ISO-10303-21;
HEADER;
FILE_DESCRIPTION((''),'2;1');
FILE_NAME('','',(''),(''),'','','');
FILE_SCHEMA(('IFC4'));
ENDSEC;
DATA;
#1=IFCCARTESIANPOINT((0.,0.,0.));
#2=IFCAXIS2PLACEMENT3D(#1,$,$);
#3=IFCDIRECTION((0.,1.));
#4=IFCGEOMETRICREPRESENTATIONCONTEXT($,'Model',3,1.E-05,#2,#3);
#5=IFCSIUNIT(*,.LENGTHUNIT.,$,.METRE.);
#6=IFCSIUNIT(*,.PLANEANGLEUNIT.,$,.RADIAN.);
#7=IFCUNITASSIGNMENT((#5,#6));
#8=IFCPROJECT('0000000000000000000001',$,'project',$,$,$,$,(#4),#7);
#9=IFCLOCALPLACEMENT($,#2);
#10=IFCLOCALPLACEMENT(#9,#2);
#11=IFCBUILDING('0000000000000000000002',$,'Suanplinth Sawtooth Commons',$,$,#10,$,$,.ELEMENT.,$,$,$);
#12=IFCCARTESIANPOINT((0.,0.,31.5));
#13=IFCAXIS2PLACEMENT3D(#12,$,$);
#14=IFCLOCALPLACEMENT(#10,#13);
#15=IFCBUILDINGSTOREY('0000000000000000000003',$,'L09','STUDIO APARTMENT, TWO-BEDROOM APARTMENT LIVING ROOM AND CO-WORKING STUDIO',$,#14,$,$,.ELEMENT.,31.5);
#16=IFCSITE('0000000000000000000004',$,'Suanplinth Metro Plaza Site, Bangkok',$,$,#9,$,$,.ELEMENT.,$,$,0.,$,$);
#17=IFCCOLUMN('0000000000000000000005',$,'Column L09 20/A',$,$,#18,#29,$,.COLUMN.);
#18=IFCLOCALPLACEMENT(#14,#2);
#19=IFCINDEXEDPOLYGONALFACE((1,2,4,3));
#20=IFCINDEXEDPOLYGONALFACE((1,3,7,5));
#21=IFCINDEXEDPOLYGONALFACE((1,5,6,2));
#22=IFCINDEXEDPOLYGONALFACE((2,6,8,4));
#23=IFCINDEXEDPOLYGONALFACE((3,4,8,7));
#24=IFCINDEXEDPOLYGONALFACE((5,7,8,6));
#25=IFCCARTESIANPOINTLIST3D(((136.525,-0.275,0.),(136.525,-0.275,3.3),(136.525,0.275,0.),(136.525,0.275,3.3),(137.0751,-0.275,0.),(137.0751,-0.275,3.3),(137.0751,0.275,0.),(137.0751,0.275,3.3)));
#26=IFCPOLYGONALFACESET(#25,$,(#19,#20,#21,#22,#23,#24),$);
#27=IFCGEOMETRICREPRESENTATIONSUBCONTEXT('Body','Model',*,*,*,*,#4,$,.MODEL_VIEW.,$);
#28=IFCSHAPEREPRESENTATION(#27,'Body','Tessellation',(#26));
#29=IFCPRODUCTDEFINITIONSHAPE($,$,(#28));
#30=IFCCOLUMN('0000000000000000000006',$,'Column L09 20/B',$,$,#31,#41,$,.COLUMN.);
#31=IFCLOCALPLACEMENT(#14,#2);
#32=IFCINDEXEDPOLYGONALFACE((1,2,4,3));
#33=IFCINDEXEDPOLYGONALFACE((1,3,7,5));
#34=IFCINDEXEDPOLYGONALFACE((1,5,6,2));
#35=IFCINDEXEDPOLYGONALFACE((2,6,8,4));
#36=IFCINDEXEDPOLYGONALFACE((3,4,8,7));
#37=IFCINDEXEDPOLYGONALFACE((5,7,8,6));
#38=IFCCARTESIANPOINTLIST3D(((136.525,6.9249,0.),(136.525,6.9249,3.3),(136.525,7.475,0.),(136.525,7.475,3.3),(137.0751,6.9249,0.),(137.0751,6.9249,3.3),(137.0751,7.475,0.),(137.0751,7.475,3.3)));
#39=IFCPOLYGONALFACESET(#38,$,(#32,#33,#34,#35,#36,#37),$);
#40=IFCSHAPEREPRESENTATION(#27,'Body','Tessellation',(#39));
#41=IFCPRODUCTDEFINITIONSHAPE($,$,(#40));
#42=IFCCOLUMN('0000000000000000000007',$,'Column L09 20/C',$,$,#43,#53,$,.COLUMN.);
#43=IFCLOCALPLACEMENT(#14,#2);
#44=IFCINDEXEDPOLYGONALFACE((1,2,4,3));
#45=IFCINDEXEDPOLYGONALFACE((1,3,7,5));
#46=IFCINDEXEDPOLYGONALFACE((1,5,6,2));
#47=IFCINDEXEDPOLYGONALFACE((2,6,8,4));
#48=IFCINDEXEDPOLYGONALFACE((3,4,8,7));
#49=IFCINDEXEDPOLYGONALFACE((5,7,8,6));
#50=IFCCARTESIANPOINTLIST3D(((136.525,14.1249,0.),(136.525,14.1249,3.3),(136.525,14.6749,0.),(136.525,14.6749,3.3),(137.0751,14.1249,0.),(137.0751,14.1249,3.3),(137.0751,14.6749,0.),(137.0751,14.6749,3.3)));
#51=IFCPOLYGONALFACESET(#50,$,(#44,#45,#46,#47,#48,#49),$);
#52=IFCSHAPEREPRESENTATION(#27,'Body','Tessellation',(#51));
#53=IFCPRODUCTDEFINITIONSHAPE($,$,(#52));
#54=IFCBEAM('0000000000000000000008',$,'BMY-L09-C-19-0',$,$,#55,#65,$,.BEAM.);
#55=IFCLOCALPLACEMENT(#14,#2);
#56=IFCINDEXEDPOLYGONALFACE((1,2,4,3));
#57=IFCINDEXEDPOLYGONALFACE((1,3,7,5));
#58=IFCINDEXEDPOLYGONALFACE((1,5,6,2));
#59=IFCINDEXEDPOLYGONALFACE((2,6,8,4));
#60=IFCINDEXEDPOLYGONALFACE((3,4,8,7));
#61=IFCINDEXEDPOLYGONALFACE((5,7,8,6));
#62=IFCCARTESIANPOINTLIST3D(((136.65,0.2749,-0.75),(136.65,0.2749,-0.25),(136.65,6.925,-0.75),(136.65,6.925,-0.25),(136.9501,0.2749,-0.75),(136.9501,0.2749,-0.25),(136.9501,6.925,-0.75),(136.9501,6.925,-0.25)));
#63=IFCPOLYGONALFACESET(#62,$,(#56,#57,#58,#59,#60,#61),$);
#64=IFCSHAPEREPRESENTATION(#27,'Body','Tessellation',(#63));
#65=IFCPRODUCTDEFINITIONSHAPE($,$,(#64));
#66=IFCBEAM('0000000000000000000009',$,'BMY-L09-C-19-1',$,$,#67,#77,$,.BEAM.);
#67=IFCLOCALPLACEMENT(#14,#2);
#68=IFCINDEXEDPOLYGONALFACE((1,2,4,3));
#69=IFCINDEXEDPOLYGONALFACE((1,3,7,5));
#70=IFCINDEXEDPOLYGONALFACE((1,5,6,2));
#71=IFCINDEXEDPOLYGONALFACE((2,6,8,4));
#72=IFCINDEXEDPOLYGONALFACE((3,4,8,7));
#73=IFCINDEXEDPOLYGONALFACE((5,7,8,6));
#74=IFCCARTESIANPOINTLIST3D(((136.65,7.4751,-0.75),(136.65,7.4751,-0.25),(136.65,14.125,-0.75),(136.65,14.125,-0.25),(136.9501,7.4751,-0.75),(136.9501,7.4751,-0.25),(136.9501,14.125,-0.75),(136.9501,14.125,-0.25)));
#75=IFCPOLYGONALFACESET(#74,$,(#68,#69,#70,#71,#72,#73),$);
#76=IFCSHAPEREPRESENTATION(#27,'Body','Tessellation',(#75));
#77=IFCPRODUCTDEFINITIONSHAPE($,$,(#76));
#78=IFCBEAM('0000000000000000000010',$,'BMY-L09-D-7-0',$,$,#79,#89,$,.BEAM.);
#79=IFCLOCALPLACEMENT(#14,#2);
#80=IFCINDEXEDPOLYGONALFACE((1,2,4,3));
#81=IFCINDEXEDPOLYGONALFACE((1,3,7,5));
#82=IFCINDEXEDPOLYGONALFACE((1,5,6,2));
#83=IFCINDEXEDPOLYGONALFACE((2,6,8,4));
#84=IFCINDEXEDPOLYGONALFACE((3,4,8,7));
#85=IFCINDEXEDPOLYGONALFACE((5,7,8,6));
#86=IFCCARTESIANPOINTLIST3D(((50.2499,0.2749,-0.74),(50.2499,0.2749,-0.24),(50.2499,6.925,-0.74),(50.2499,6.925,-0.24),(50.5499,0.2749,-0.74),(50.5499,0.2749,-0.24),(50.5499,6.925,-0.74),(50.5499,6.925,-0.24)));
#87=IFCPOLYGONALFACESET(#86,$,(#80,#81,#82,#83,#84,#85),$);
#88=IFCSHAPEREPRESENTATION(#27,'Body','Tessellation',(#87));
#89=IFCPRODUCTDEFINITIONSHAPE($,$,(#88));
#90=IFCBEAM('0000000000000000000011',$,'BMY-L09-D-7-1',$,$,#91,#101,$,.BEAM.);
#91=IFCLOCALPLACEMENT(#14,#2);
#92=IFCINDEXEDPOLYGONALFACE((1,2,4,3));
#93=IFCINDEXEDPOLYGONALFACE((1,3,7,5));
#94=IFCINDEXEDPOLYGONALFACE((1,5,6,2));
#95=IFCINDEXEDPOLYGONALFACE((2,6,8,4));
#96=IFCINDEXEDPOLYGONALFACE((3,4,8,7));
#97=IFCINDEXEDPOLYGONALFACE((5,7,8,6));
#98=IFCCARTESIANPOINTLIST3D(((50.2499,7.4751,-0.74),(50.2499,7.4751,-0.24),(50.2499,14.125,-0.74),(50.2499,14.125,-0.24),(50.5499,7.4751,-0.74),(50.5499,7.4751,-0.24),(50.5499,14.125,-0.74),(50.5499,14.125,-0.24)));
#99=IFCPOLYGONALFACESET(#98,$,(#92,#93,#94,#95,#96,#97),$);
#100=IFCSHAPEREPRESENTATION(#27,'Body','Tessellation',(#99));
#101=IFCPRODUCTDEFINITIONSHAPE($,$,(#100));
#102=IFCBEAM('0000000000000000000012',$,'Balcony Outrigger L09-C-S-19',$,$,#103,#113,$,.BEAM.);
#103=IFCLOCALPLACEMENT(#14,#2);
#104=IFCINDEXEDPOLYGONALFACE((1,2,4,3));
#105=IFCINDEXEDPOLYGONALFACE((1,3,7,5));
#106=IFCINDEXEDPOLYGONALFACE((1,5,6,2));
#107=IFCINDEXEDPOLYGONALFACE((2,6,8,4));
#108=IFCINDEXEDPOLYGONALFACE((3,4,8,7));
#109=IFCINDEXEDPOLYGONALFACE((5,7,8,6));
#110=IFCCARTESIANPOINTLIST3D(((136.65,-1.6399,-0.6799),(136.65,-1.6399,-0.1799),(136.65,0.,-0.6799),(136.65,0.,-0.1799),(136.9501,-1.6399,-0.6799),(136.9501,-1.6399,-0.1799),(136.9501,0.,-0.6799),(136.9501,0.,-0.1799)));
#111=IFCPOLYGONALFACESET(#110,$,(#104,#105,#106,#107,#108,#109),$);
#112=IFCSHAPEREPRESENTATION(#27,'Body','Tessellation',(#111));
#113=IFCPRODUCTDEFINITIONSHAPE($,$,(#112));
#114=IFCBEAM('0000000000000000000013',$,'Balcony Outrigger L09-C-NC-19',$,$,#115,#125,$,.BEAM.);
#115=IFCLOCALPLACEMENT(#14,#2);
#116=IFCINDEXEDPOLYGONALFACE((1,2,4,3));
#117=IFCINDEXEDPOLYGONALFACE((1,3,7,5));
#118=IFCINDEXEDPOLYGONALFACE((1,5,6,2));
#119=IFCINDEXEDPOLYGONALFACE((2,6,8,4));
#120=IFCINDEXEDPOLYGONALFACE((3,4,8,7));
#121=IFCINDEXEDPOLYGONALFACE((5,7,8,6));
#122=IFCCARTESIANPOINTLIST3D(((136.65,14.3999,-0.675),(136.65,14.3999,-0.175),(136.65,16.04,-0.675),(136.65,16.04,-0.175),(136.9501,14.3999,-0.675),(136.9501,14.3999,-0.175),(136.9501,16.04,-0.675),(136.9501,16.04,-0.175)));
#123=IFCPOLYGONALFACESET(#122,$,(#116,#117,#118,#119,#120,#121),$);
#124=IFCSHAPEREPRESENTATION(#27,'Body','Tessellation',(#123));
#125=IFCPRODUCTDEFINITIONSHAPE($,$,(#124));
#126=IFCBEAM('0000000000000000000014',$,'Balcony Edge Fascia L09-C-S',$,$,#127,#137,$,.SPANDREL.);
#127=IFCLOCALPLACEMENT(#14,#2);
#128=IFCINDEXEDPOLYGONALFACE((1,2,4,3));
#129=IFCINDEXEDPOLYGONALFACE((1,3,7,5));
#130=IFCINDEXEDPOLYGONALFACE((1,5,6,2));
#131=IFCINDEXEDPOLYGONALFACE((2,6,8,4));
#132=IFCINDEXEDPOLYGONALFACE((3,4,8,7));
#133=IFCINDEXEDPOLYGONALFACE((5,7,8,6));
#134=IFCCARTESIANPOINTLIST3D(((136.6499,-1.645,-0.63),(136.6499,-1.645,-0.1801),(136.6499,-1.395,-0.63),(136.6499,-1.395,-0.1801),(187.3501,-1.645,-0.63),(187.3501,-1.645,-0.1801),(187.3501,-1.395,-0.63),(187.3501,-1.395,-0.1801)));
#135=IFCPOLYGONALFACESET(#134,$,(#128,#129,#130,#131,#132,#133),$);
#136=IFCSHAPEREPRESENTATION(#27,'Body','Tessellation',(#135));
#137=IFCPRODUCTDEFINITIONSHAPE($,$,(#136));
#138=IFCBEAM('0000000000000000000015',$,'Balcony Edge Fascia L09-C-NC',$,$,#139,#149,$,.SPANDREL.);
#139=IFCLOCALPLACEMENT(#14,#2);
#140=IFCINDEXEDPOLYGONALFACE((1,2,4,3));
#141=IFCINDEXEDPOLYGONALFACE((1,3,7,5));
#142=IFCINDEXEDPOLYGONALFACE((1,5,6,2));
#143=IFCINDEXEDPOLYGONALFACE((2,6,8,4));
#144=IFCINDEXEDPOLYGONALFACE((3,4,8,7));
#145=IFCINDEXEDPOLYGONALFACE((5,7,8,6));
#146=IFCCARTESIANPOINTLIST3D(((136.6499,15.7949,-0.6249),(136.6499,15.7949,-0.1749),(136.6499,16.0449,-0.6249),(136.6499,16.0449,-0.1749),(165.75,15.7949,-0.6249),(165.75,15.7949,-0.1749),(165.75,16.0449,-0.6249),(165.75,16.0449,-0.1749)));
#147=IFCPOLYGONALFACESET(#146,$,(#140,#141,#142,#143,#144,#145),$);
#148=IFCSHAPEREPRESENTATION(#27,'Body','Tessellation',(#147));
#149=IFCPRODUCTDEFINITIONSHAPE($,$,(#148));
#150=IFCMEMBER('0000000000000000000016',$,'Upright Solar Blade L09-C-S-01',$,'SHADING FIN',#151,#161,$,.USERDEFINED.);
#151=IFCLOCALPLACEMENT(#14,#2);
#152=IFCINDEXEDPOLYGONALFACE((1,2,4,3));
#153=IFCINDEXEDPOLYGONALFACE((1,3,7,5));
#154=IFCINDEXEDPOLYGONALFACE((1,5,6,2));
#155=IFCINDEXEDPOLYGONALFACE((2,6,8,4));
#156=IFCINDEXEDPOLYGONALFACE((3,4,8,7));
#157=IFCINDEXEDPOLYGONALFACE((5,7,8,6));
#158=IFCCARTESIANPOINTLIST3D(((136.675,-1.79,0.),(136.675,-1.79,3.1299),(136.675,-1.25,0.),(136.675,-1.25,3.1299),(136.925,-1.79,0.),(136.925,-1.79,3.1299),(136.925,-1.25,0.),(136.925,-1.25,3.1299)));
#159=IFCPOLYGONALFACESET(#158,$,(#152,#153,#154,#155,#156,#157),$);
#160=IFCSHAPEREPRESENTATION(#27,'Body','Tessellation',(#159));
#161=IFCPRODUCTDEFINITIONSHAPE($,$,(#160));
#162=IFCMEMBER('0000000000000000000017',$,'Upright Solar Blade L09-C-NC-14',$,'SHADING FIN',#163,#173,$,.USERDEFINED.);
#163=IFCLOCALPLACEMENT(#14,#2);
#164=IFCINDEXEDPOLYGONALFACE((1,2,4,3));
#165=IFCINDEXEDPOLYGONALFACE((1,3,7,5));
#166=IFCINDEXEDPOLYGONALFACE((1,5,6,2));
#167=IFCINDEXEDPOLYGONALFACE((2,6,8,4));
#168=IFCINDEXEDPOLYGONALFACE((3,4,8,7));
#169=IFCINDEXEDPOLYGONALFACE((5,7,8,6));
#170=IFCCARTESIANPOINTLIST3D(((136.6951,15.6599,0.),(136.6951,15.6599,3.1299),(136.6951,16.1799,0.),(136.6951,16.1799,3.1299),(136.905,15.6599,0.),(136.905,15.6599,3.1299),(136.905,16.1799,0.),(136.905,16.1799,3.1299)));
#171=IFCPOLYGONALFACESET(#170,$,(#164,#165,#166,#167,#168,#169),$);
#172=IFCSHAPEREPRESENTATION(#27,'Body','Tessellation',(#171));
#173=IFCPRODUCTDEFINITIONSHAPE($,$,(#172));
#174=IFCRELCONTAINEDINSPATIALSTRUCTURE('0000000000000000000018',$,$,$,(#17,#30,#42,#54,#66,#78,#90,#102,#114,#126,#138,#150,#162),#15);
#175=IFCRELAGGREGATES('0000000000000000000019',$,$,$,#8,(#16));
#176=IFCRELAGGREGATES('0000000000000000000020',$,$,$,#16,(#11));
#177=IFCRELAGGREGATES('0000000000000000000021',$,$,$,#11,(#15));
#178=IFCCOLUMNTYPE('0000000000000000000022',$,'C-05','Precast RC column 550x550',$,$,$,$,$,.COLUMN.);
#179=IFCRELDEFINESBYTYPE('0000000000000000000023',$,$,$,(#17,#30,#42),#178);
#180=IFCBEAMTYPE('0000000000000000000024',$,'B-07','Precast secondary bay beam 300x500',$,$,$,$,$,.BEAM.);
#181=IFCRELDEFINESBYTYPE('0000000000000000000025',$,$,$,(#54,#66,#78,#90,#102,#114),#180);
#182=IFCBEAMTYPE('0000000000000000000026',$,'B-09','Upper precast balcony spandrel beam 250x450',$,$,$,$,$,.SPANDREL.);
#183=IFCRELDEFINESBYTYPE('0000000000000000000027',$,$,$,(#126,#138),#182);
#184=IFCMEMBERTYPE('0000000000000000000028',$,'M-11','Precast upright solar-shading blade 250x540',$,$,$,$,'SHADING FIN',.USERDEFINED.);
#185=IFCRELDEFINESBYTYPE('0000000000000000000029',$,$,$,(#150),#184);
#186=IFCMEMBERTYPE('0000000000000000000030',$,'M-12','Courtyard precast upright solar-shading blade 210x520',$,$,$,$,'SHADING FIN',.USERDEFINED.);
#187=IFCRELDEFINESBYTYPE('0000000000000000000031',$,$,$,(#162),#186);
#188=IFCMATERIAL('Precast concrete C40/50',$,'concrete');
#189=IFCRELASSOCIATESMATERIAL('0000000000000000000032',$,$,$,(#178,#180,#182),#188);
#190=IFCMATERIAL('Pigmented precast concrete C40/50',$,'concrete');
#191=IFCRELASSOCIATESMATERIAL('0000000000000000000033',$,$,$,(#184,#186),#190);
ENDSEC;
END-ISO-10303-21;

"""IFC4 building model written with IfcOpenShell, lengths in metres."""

from ifc_helpers import new_model, si_unit, direction, frame, origin, origin_2d, place, context, subcontext, project, spatial, rectangle, extrude, material, material_profile, profile_set, type_object, element, save


model = new_model("IFC4")

# Units and contexts
model_context = context("Model", 3, precision=1e-05, world=origin(), true_north=direction((0.0, 1.0)))
body_context = subcontext(model_context, "Body", "Model", "MODEL_VIEW")
ifc_project = project(units=[si_unit("LENGTHUNIT", "METRE"), si_unit("PLANEANGLEUNIT", "RADIAN")], contexts=[model_context])

# Site, building, storey
site_placement = place(None, origin())
site = spatial("IfcSite", under=ifc_project, at=site_placement, Name="Suanplinth Metro Plaza Site, Bangkok", CompositionType="ELEMENT", RefElevation=0.0)
building_placement = place(site_placement, origin())
building = spatial("IfcBuilding", under=site, at=building_placement, Name="Suanplinth Sawtooth Commons", CompositionType="ELEMENT")
storey_placement = place(building_placement, frame((0.0, 0.0, 31.5)))
storey = spatial("IfcBuildingStorey", under=building, at=storey_placement, Name="L09", Description="STUDIO APARTMENT, TWO-BEDROOM APARTMENT LIVING ROOM AND CO-WORKING STUDIO", CompositionType="ELEMENT", Elevation=31.5)

# Columns
ifc_material_1 = material(Name="Precast concrete C40/50", Category="concrete")
ifc_material_profile_1 = material_profile(ifc_material_1, rectangle(XDim=0.55, YDim=0.55, at=origin_2d()), Name="PC-COL 550x550")
ifc_profile_set_1 = profile_set([ifc_material_profile_1], Name="Precast concrete C40/50")
column_type = type_object("IfcColumnType", Name="C-05", Description="Precast RC column 550x550", PredefinedType="COLUMN", material=ifc_profile_set_1)
for number, where, z_axis, x_axis, name in (
    (1, (136.8, 0.0, 0.0), (0.0, 0.0, 1.0), (1.0, 0.0, 0.0), "Column L09 20/A"),
    (2, (136.8, 7.2, 0.0), (0.0, 0.0, 1.0), (1.0, 0.0, 0.0), "Column L09 20/B"),
    (3, (136.8, 14.3999, 0.0), (0.0, 0.0, 1.0), (1.0, 0.0, 0.0), "Column L09 20/C"),
):
    element("IfcColumn", number, at=place(storey_placement, frame(where, z_axis=z_axis, x_axis=x_axis)), inside=storey, type_object=column_type, Name=name, PredefinedType="COLUMN", context=body_context, shape_type="SweptSolid", body=[
        extrude(rectangle(XDim=0.55, YDim=0.55, at=origin_2d()), origin(), (0.0, 0.0, 1.0), 3.3),
    ])

# Beams
ifc_material_profile_2 = material_profile(ifc_material_1, rectangle(XDim=0.3, YDim=0.5, at=origin_2d()), Name="PC-BM 300x500")
ifc_profile_set_2 = profile_set([ifc_material_profile_2], Name="Precast concrete C40/50")
beam_type_1 = type_object("IfcBeamType", Name="B-07", Description="Precast secondary bay beam 300x500", PredefinedType="BEAM", material=ifc_profile_set_2)
beam_1_placement = place(storey_placement, frame((136.8, 0.2749, -0.5), z_axis=(0.0, 1.0, 0.0), x_axis=(-1.0, 0.0, 0.0)))
element("IfcBeam", 4, at=beam_1_placement, inside=storey, type_object=beam_type_1, Name="BMY-L09-C-19-0", PredefinedType="BEAM", context=body_context, shape_type="SweptSolid", body=[
    extrude(rectangle(XDim=0.3, YDim=0.5, at=origin_2d()), origin(), (0.0, 0.0, 1.0), 6.6501),
])
beam_2_placement = place(storey_placement, frame((136.8, 7.4751, -0.5), z_axis=(0.0, 1.0, 0.0), x_axis=(-1.0, 0.0, 0.0)))
element("IfcBeam", 5, at=beam_2_placement, inside=storey, type_object=beam_type_1, Name="BMY-L09-C-19-1", PredefinedType="BEAM", context=body_context, shape_type="SweptSolid", body=[
    extrude(rectangle(XDim=0.3, YDim=0.5, at=origin_2d()), origin(), (0.0, 0.0, 1.0), 6.6499),
])
beam_3_placement = place(storey_placement, frame((50.3999, 0.2749, -0.49), z_axis=(0.0, 1.0, 0.0), x_axis=(-1.0, 0.0, 0.0)))
element("IfcBeam", 6, at=beam_3_placement, inside=storey, type_object=beam_type_1, Name="BMY-L09-D-7-0", PredefinedType="BEAM", context=body_context, shape_type="SweptSolid", body=[
    extrude(rectangle(XDim=0.3, YDim=0.5, at=origin_2d()), origin(), (0.0, 0.0, 1.0), 6.6501),
])
beam_4_placement = place(storey_placement, frame((50.3999, 7.4751, -0.49), z_axis=(0.0, 1.0, 0.0), x_axis=(-1.0, 0.0, 0.0)))
element("IfcBeam", 7, at=beam_4_placement, inside=storey, type_object=beam_type_1, Name="BMY-L09-D-7-1", PredefinedType="BEAM", context=body_context, shape_type="SweptSolid", body=[
    extrude(rectangle(XDim=0.3, YDim=0.5, at=origin_2d()), origin(), (0.0, 0.0, 1.0), 6.6499),
])
beam_5_placement = place(storey_placement, frame((136.8, 0.0, -0.4299), z_axis=(0.0, -1.0, 0.0), x_axis=(1.0, 0.0, 0.0)))
element("IfcBeam", 8, at=beam_5_placement, inside=storey, type_object=beam_type_1, Name="Balcony Outrigger L09-C-S-19", PredefinedType="BEAM", context=body_context, shape_type="SweptSolid", body=[
    extrude(rectangle(XDim=0.3, YDim=0.5, at=origin_2d()), origin(), (0.0, 0.0, 1.0), 1.6399),
])
beam_6_placement = place(storey_placement, frame((136.8, 14.3999, -0.425), z_axis=(0.0, 1.0, 0.0), x_axis=(-1.0, 0.0, 0.0)))
element("IfcBeam", 9, at=beam_6_placement, inside=storey, type_object=beam_type_1, Name="Balcony Outrigger L09-C-NC-19", PredefinedType="BEAM", context=body_context, shape_type="SweptSolid", body=[
    extrude(rectangle(XDim=0.3, YDim=0.5, at=origin_2d()), origin(), (0.0, 0.0, 1.0), 1.6401),
])
ifc_material_profile_3 = material_profile(ifc_material_1, rectangle(XDim=0.25, YDim=0.45, at=origin_2d()), Name="PC-SP 250x450")
ifc_profile_set_3 = profile_set([ifc_material_profile_3], Name="Precast concrete C40/50")
beam_type_2 = type_object("IfcBeamType", Name="B-09", Description="Upper precast balcony spandrel beam 250x450", PredefinedType="SPANDREL", material=ifc_profile_set_3)
beam_7_placement = place(storey_placement, frame((136.6499, -1.52, -0.405), z_axis=(1.0, 0.0, 0.0), x_axis=(0.0, 1.0, 0.0)))
element("IfcBeam", 10, at=beam_7_placement, inside=storey, type_object=beam_type_2, Name="Balcony Edge Fascia L09-C-S", PredefinedType="SPANDREL", context=body_context, shape_type="SweptSolid", body=[
    extrude(rectangle(XDim=0.25, YDim=0.45, at=origin_2d()), origin(), (0.0, 0.0, 1.0), 50.7002),
])
beam_8_placement = place(storey_placement, frame((136.6499, 15.9199, -0.3999), z_axis=(1.0, 0.0, 0.0), x_axis=(0.0, 1.0, 0.0)))
element("IfcBeam", 11, at=beam_8_placement, inside=storey, type_object=beam_type_2, Name="Balcony Edge Fascia L09-C-NC", PredefinedType="SPANDREL", context=body_context, shape_type="SweptSolid", body=[
    extrude(rectangle(XDim=0.25, YDim=0.45, at=origin_2d()), origin(), (0.0, 0.0, 1.0), 29.1001),
])

# Members
ifc_material_2 = material(Name="Pigmented precast concrete C40/50", Category="concrete")
ifc_material_profile_4 = material_profile(ifc_material_2, rectangle(XDim=0.25, YDim=0.54, at=origin_2d()), Name="PC-FIN 250x540")
ifc_profile_set_4 = profile_set([ifc_material_profile_4], Name="Pigmented precast concrete C40/50")
member_type_1 = type_object("IfcMemberType", Name="M-11", Description="Precast upright solar-shading blade 250x540", ElementType="SHADING FIN", PredefinedType="USERDEFINED", material=ifc_profile_set_4)
member_1_placement = place(storey_placement, frame((136.8, -1.52, 0.0), z_axis=(0.0, 0.0, 1.0), x_axis=(1.0, 0.0, 0.0)))
element("IfcMember", 12, at=member_1_placement, inside=storey, type_object=member_type_1, Name="Upright Solar Blade L09-C-S-01", ObjectType="SHADING FIN", PredefinedType="USERDEFINED", context=body_context, shape_type="SweptSolid", body=[
    extrude(rectangle(XDim=0.25, YDim=0.54, at=origin_2d()), origin(), (0.0, 0.0, 1.0), 3.1299),
])
ifc_material_profile_5 = material_profile(ifc_material_2, rectangle(XDim=0.21, YDim=0.52, at=origin_2d()), Name="PC-FIN 210x520")
ifc_profile_set_5 = profile_set([ifc_material_profile_5], Name="Pigmented precast concrete C40/50")
member_type_2 = type_object("IfcMemberType", Name="M-12", Description="Courtyard precast upright solar-shading blade 210x520", ElementType="SHADING FIN", PredefinedType="USERDEFINED", material=ifc_profile_set_5)
member_2_placement = place(storey_placement, frame((136.8, 15.9199, 0.0), z_axis=(0.0, 0.0, 1.0), x_axis=(1.0, 0.0, 0.0)))
element("IfcMember", 13, at=member_2_placement, inside=storey, type_object=member_type_2, Name="Upright Solar Blade L09-C-NC-14", ObjectType="SHADING FIN", PredefinedType="USERDEFINED", context=body_context, shape_type="SweptSolid", body=[
    extrude(rectangle(XDim=0.21, YDim=0.52, at=origin_2d()), origin(), (0.0, 0.0, 1.0), 3.1299),
])

save(model, "model.ifc")
